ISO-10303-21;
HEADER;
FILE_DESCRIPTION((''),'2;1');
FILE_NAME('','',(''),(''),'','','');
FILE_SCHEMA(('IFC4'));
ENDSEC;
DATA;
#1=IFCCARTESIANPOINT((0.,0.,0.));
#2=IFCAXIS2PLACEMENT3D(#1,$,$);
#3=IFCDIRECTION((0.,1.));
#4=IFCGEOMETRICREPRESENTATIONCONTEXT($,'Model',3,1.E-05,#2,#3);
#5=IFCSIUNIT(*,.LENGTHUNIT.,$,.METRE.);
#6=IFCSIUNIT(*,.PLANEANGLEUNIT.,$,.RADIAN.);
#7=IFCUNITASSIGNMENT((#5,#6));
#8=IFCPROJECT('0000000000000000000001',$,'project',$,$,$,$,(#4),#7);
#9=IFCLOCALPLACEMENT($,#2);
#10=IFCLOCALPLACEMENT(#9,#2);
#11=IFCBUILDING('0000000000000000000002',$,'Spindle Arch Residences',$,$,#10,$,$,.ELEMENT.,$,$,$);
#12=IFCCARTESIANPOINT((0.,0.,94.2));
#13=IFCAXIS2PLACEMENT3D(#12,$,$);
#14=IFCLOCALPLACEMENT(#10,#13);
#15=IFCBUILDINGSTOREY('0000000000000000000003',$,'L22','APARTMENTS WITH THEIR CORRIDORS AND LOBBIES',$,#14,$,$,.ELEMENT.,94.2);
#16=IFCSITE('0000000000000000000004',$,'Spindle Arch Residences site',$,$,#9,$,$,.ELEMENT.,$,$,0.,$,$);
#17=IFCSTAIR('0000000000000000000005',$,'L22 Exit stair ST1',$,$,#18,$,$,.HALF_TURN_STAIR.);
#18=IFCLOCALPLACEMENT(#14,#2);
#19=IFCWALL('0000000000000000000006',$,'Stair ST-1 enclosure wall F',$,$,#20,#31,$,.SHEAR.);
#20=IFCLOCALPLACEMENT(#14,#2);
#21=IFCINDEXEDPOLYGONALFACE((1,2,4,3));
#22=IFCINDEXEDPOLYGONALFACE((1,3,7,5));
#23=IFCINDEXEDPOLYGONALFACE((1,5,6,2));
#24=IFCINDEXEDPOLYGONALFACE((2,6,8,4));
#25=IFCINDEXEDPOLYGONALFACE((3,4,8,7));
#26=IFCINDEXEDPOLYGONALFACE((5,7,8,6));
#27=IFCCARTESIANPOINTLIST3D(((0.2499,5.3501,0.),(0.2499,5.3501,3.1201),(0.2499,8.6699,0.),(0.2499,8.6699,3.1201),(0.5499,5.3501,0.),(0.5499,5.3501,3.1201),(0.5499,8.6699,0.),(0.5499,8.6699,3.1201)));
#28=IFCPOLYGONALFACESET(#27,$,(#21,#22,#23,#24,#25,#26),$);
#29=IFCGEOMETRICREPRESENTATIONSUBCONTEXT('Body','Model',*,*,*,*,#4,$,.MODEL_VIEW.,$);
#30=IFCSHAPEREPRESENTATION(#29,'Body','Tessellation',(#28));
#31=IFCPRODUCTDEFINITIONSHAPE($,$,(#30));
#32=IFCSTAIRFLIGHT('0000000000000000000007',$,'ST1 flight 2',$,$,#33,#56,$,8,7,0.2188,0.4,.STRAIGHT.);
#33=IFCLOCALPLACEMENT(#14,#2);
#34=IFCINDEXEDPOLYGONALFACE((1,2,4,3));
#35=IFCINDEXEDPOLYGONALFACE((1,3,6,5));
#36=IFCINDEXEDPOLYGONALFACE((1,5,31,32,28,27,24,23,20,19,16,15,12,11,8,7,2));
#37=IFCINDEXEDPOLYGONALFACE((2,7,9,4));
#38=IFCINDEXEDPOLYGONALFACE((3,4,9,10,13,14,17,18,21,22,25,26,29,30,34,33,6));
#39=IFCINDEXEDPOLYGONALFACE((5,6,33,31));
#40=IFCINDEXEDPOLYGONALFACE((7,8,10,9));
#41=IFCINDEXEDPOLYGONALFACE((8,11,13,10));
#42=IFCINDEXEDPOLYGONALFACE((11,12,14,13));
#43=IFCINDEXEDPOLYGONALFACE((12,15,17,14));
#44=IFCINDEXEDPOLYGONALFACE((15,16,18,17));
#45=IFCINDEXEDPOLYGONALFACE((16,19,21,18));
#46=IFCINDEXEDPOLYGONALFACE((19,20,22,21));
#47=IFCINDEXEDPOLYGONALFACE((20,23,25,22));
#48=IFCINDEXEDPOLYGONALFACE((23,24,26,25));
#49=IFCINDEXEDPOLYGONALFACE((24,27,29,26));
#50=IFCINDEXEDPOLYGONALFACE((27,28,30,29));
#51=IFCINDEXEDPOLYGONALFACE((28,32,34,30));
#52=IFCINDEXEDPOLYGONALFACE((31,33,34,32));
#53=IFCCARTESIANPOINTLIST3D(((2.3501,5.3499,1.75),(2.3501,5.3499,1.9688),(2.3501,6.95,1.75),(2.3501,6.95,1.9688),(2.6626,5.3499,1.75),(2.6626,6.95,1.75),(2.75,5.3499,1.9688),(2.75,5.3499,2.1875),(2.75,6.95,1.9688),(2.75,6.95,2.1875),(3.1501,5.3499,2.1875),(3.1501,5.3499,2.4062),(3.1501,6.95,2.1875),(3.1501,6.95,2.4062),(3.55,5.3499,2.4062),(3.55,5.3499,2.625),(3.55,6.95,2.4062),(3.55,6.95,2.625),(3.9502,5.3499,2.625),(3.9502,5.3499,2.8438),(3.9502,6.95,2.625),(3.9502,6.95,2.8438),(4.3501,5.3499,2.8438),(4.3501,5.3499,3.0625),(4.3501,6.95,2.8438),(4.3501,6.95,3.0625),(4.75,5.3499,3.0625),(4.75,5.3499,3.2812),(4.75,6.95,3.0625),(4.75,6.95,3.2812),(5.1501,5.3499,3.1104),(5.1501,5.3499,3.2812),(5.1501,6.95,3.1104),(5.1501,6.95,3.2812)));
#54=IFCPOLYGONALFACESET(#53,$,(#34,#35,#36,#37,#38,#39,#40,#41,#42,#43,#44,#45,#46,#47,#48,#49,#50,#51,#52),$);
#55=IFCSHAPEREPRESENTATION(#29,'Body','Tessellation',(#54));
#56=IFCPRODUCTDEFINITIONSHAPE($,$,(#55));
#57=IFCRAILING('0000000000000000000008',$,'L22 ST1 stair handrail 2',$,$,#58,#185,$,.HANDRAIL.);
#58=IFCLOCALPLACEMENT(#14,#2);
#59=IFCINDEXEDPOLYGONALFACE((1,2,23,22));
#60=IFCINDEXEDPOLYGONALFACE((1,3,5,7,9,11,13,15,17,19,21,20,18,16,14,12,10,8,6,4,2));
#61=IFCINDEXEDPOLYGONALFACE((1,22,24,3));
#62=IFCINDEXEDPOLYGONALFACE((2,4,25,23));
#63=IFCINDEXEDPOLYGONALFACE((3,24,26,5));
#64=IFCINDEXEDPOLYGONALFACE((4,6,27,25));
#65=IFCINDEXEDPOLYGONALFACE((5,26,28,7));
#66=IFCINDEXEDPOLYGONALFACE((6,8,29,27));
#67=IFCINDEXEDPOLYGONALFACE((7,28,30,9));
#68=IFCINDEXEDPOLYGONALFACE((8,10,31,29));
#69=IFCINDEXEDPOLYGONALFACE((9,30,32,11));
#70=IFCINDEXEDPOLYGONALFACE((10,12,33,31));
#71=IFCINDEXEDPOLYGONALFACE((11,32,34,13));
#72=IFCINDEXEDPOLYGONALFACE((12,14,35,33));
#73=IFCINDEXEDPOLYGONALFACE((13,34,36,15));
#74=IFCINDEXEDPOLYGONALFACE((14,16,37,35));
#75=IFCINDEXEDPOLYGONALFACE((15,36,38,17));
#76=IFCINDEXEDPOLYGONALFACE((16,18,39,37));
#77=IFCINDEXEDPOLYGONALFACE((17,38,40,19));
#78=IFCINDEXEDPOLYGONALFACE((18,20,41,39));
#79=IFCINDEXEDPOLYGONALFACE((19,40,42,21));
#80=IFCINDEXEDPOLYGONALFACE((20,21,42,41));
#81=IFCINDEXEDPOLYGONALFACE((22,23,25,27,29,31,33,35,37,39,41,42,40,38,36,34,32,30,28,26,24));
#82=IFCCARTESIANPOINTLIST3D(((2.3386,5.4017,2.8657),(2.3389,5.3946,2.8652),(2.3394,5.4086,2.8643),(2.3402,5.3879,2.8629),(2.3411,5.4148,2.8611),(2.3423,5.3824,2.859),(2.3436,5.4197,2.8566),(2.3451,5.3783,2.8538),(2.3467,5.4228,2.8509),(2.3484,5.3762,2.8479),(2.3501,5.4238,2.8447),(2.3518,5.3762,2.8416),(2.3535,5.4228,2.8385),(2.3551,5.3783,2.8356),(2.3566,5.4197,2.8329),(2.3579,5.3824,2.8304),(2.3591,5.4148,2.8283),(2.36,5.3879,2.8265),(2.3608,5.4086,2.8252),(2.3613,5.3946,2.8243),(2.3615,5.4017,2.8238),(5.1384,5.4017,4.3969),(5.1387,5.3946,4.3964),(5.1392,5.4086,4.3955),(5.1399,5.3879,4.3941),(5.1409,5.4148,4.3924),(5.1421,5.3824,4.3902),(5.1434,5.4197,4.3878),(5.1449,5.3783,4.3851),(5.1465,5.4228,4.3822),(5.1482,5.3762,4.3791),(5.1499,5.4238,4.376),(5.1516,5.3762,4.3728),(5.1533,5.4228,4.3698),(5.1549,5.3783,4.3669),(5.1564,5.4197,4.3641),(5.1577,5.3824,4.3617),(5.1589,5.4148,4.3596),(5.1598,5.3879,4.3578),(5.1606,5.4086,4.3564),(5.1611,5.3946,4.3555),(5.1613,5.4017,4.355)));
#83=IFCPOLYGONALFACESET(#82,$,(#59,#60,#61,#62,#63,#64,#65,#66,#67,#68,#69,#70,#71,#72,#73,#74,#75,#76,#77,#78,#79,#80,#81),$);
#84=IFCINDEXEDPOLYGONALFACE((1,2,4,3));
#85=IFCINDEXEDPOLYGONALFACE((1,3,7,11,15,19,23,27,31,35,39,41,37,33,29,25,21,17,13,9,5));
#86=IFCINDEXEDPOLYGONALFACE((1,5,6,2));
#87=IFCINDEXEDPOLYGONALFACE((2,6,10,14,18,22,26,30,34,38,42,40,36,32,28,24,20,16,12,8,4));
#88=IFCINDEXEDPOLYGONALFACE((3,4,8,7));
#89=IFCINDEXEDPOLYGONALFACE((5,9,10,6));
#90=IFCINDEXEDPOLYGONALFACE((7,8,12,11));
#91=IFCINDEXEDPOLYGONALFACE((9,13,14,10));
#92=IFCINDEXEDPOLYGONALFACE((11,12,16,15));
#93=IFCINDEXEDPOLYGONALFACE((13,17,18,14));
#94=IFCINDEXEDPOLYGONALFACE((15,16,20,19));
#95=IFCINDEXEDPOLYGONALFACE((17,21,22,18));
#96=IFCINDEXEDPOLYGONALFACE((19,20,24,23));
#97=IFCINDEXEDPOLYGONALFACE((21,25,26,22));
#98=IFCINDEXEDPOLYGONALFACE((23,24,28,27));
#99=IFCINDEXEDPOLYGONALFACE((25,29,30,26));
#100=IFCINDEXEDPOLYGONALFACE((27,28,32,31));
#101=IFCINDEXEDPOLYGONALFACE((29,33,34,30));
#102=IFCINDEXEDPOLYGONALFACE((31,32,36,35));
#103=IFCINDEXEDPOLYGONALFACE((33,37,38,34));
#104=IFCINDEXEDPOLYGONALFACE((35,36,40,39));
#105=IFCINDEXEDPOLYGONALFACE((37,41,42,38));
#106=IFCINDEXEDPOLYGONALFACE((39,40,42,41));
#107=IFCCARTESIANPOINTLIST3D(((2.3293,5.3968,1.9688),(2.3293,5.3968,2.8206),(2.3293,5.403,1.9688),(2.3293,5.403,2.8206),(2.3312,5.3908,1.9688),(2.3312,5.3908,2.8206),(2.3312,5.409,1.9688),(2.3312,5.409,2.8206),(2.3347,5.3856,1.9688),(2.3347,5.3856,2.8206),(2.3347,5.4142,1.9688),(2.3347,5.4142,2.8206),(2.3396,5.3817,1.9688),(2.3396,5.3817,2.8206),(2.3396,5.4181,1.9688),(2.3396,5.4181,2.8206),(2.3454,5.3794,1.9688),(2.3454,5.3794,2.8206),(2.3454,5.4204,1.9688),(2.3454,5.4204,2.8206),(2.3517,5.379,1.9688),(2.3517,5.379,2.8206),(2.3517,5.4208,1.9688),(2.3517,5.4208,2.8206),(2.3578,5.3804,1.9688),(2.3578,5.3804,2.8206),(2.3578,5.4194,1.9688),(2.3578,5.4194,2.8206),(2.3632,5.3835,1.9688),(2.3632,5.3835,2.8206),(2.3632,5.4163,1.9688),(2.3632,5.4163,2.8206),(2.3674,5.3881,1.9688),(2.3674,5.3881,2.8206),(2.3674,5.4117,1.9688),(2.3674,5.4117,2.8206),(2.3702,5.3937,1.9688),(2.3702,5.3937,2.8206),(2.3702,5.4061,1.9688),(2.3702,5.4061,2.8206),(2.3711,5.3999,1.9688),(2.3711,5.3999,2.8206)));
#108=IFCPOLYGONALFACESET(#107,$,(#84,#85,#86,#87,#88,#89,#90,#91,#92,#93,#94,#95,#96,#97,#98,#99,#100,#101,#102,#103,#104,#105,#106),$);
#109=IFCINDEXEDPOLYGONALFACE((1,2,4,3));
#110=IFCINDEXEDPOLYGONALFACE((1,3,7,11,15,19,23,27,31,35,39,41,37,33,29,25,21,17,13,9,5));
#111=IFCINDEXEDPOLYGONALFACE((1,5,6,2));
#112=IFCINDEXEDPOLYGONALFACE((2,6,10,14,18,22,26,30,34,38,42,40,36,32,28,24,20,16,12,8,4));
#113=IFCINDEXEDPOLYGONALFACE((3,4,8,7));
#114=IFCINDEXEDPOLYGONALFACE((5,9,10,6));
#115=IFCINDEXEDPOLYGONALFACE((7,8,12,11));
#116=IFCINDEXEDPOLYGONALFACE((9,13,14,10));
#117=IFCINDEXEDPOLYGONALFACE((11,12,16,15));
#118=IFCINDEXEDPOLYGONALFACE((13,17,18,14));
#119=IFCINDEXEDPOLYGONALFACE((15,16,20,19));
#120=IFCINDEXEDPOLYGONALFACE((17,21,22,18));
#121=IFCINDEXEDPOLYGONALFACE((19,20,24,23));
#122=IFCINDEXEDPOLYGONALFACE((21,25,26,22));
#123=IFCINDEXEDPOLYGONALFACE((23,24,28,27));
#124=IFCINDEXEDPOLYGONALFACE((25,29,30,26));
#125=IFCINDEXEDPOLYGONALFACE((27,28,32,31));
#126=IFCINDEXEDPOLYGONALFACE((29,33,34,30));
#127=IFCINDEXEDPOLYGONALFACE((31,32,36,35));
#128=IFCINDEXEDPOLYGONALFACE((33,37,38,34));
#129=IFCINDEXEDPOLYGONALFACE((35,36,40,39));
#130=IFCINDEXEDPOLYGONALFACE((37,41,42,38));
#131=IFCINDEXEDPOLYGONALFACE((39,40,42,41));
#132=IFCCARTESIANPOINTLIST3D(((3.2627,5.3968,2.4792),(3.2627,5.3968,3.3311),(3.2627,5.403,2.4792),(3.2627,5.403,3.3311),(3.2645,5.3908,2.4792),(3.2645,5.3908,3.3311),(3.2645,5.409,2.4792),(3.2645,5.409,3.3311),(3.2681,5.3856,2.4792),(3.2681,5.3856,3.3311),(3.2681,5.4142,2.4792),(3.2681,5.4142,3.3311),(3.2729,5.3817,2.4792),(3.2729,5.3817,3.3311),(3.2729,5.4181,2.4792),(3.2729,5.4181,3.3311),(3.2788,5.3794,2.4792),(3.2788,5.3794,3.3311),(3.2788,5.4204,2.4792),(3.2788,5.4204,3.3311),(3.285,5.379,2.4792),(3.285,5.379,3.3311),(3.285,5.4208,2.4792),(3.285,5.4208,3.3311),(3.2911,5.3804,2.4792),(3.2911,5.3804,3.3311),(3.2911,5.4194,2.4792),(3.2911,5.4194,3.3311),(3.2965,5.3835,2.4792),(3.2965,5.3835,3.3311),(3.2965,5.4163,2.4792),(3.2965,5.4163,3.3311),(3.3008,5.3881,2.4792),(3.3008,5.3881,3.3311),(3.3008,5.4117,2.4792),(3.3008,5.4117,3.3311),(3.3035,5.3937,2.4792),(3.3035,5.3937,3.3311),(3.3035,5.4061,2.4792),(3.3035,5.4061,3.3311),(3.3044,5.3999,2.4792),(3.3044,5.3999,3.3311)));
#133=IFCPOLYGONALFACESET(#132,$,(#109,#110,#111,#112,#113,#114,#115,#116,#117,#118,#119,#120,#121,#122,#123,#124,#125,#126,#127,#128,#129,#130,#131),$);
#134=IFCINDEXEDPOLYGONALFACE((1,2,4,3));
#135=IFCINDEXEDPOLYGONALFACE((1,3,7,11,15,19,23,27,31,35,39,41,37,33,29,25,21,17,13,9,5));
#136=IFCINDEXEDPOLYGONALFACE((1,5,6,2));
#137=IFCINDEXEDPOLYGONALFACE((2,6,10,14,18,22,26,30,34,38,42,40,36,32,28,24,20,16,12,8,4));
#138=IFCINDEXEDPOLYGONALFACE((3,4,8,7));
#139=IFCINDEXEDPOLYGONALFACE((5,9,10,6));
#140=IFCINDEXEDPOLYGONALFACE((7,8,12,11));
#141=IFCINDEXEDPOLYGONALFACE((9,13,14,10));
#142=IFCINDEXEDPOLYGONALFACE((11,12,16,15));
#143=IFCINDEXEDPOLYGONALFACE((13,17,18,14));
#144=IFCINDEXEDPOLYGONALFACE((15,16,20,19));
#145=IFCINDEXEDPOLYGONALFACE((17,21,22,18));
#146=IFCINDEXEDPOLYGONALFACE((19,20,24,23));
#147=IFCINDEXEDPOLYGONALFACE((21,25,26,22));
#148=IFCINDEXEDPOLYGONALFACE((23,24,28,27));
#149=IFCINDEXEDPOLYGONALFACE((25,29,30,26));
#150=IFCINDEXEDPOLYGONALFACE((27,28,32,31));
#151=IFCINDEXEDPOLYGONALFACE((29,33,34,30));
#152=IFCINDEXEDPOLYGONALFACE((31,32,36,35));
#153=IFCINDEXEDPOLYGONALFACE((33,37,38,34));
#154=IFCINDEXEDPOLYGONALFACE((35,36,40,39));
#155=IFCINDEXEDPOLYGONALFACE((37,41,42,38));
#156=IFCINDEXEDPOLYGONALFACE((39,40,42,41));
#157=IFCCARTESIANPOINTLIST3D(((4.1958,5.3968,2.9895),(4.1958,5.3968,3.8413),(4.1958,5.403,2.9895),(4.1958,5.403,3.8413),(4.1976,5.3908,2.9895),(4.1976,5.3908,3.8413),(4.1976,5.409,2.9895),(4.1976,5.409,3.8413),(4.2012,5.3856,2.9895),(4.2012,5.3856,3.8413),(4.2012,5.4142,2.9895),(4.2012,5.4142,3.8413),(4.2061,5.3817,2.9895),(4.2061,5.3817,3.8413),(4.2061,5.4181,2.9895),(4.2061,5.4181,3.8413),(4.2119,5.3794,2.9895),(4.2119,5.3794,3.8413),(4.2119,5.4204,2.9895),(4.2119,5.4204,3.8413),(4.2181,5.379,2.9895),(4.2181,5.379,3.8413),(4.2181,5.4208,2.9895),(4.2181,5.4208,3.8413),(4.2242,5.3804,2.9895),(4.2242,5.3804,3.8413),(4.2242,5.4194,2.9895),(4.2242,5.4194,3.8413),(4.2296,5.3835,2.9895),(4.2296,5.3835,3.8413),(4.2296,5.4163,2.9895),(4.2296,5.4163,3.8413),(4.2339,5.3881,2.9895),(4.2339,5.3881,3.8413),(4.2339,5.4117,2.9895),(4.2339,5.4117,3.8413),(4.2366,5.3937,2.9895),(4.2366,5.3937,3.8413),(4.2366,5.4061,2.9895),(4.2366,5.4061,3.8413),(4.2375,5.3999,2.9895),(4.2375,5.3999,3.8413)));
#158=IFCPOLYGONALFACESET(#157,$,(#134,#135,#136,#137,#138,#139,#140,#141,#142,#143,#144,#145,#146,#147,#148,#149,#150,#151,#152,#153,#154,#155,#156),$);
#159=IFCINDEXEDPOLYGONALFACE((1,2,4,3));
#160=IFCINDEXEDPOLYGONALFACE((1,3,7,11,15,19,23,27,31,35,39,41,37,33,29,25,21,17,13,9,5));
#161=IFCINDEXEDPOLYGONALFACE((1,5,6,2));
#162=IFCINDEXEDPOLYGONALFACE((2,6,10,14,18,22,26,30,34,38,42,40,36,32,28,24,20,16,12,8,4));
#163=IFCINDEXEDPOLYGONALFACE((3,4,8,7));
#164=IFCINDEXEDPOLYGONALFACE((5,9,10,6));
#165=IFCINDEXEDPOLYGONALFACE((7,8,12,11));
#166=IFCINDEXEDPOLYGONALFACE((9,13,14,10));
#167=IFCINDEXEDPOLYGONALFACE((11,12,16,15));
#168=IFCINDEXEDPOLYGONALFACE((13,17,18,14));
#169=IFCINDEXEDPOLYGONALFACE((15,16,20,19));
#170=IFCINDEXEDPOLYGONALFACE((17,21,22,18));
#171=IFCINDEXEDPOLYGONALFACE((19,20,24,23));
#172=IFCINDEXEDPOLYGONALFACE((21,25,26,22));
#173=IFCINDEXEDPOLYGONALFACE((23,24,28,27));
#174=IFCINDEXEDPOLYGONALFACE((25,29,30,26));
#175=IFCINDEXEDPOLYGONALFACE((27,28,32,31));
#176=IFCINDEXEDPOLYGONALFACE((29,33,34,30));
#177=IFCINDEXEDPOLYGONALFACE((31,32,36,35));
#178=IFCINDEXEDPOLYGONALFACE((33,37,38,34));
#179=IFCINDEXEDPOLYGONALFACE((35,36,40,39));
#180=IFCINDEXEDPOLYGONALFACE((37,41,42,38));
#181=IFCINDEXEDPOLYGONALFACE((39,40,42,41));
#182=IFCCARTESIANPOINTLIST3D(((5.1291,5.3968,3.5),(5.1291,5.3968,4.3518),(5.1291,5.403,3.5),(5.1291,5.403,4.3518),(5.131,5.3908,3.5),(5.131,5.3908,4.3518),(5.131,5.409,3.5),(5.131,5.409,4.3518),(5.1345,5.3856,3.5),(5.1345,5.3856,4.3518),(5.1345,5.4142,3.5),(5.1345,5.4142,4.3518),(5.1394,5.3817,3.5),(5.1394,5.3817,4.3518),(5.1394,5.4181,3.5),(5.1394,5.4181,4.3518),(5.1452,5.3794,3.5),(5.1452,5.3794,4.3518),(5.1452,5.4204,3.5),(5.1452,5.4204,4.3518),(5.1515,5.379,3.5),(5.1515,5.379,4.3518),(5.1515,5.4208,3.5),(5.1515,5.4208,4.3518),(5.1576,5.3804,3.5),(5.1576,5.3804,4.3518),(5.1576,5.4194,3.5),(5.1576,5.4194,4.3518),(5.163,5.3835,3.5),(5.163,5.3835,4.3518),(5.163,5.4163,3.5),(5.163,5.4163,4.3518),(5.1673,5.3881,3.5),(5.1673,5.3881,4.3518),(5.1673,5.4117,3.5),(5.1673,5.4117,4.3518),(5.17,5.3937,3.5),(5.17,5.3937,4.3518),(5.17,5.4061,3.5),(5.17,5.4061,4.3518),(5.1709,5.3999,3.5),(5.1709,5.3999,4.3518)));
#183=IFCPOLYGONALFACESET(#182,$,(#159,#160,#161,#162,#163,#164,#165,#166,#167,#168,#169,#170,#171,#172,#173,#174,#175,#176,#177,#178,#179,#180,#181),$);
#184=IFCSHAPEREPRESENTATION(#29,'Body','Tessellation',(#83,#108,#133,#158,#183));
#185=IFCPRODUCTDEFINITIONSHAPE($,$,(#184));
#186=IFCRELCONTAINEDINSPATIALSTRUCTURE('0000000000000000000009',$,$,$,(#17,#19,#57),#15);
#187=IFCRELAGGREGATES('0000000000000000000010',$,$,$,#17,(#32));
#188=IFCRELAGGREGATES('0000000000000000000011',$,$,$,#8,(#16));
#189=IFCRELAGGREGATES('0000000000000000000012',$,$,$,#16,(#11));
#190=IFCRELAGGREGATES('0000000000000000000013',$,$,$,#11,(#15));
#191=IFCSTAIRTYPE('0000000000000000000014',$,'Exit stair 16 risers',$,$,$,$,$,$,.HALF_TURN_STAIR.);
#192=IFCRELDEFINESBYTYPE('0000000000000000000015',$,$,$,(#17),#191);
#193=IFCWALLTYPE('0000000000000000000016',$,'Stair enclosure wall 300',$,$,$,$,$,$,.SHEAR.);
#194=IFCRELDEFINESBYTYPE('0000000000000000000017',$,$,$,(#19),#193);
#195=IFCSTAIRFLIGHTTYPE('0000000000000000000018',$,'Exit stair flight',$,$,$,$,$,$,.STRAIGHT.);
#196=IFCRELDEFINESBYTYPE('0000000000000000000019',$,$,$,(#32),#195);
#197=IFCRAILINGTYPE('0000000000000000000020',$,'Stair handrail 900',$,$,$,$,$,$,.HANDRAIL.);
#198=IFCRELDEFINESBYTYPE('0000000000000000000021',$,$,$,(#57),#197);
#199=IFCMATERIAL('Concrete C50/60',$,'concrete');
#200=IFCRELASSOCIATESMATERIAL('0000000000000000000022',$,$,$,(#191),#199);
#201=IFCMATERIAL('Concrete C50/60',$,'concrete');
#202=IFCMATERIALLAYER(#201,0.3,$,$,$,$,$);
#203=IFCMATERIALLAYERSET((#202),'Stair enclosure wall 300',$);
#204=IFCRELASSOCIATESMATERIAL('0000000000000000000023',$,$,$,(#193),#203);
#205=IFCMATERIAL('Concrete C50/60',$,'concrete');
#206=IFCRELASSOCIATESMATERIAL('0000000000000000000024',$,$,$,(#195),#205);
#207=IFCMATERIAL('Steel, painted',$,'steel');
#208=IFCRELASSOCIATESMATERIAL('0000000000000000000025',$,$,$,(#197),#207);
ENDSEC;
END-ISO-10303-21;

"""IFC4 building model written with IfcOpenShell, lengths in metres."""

from ifc_helpers import new_model, si_unit, direction, frame, frame_2d, origin, origin_2d, place, context, subcontext, project, spatial, polyline, rectangle, circle, outline, extrude, material, layer, layer_set, type_object, element, aggregate, save


model = new_model("IFC4")

# Units and contexts
model_context = context("Model", 3, precision=1e-05, world=origin(), true_north=direction((0.0, 1.0)))
body_context = subcontext(model_context, "Body", "Model", "MODEL_VIEW")
ifc_project = project(units=[si_unit("LENGTHUNIT", "METRE"), si_unit("PLANEANGLEUNIT", "RADIAN")], contexts=[model_context])

# Site, building, storey
site_placement = place(None, origin())
site = spatial("IfcSite", under=ifc_project, at=site_placement, Name="Spindle Arch Residences site", CompositionType="ELEMENT", RefElevation=0.0)
building_placement = place(site_placement, origin())
building = spatial("IfcBuilding", under=site, at=building_placement, Name="Spindle Arch Residences", CompositionType="ELEMENT")
storey_placement = place(building_placement, frame((0.0, 0.0, 94.2)))
storey = spatial("IfcBuildingStorey", under=building, at=storey_placement, Name="L22", Description="APARTMENTS WITH THEIR CORRIDORS AND LOBBIES", CompositionType="ELEMENT", Elevation=94.2)

# Stair
ifc_material_1 = material(Name="Concrete C50/60", Category="concrete")
stair_type = type_object("IfcStairType", Name="Exit stair 16 risers", PredefinedType="HALF_TURN_STAIR", material=ifc_material_1)
stair_1_placement = place(storey_placement, origin())
stair_1 = element("IfcStair", 1, at=stair_1_placement, inside=storey, type_object=stair_type, Name="L22 Exit stair ST1", PredefinedType="HALF_TURN_STAIR")

# Wall
ifc_material_2 = material(Name="Concrete C50/60", Category="concrete")
ifc_layer_1 = layer(ifc_material_2, 0.3)
ifc_layer_set_1 = layer_set([ifc_layer_1], Name="Stair enclosure wall 300")
wall_type_1 = type_object("IfcWallType", Name="Stair enclosure wall 300", PredefinedType="SHEAR", material=ifc_layer_set_1)
wall_1_placement = place(storey_placement, frame((0.3999, 5.3501, 0.0), z_axis=(0.0, 0.0, 1.0), x_axis=(0.0, 1.0, 0.0)))
element("IfcWall", 2, at=wall_1_placement, inside=storey, type_object=wall_type_1, Name="Stair ST-1 enclosure wall F", PredefinedType="SHEAR", context=body_context, shape_type="SweptSolid", body=[
    extrude(rectangle(XDim=3.3198, YDim=0.3, at=frame_2d((1.6599, 0.0))), origin(), (0.0, 0.0, 1.0), 3.1201),
])

# Stair flight
ifc_material_3 = material(Name="Concrete C50/60", Category="concrete")
stair_flight_type = type_object("IfcStairFlightType", Name="Exit stair flight", PredefinedType="STRAIGHT", material=ifc_material_3)
stair_flight_placement = place(storey_placement, frame((2.3501, 6.1499, 1.75), z_axis=(0.0, 0.0, 1.0), x_axis=(1.0, 0.0, 0.0)))
stair_flight = element("IfcStairFlight", 3, at=stair_flight_placement, type_object=stair_flight_type, Name="ST1 flight 2", NumberOfRisers=8, NumberOfTreads=7, PredefinedType="STRAIGHT", RiserHeight=0.2188, TreadLength=0.4, context=body_context, shape_type="SweptSolid", body=[
    extrude(outline(polyline([(0.0, 0.0), (0.0, 0.2188), (0.3999, 0.2188), (0.3999, 0.4375), (0.8, 0.4375), (0.8, 0.6562), (1.2, 0.6562), (1.2, 0.875), (1.6001, 0.875), (1.6001, 1.0938), (2.0, 1.0938), (2.0, 1.3125), (2.3999, 1.3125), (2.3999, 1.5312), (2.8, 1.5312), (2.8, 1.75), (2.8, 1.3604), (0.3125, 0.0), (0.0, 0.0)])), frame((0.0, 0.8, 0.0), z_axis=(0.0, -1.0, 0.0), x_axis=(1.0, 0.0, 0.0)), (0.0, 0.0, 1.0), 1.6001),
])
aggregate(stair_1, [stair_flight])

# Railing
ifc_material_4 = material(Name="Steel, painted", Category="steel")
railing_type = type_object("IfcRailingType", Name="Stair handrail 900", PredefinedType="HANDRAIL", material=ifc_material_4)
railing_placement = place(storey_placement, frame((2.3501, 5.3999, 1.9688)))
element("IfcRailing", 4, at=railing_placement, inside=storey, type_object=railing_type, Name="L22 ST1 stair handrail 2", PredefinedType="HANDRAIL", context=body_context, shape_type="SweptSolid", body=[
    extrude(circle(Radius=0.0239, at=origin_2d()), frame((0.0, 0.0, 0.876), z_axis=(0.877357, 0.0, 0.479838), x_axis=(0.0, 1.0, 0.0)), (0.0, 0.0, 1.0), 3.1912),
    extrude(circle(Radius=0.021, at=origin_2d()), origin(), (0.0, 0.0, 1.0), 0.8518),
    extrude(circle(Radius=0.021, at=origin_2d()), frame((0.9333, 0.0, 0.5105)), (0.0, 0.0, 1.0), 0.8518),
    extrude(circle(Radius=0.021, at=origin_2d()), frame((1.8665, 0.0, 1.0208)), (0.0, 0.0, 1.0), 0.8518),
    extrude(circle(Radius=0.021, at=origin_2d()), frame((2.7998, 0.0, 1.5312)), (0.0, 0.0, 1.0), 0.8518),
])

save(model, "model.ifc")
